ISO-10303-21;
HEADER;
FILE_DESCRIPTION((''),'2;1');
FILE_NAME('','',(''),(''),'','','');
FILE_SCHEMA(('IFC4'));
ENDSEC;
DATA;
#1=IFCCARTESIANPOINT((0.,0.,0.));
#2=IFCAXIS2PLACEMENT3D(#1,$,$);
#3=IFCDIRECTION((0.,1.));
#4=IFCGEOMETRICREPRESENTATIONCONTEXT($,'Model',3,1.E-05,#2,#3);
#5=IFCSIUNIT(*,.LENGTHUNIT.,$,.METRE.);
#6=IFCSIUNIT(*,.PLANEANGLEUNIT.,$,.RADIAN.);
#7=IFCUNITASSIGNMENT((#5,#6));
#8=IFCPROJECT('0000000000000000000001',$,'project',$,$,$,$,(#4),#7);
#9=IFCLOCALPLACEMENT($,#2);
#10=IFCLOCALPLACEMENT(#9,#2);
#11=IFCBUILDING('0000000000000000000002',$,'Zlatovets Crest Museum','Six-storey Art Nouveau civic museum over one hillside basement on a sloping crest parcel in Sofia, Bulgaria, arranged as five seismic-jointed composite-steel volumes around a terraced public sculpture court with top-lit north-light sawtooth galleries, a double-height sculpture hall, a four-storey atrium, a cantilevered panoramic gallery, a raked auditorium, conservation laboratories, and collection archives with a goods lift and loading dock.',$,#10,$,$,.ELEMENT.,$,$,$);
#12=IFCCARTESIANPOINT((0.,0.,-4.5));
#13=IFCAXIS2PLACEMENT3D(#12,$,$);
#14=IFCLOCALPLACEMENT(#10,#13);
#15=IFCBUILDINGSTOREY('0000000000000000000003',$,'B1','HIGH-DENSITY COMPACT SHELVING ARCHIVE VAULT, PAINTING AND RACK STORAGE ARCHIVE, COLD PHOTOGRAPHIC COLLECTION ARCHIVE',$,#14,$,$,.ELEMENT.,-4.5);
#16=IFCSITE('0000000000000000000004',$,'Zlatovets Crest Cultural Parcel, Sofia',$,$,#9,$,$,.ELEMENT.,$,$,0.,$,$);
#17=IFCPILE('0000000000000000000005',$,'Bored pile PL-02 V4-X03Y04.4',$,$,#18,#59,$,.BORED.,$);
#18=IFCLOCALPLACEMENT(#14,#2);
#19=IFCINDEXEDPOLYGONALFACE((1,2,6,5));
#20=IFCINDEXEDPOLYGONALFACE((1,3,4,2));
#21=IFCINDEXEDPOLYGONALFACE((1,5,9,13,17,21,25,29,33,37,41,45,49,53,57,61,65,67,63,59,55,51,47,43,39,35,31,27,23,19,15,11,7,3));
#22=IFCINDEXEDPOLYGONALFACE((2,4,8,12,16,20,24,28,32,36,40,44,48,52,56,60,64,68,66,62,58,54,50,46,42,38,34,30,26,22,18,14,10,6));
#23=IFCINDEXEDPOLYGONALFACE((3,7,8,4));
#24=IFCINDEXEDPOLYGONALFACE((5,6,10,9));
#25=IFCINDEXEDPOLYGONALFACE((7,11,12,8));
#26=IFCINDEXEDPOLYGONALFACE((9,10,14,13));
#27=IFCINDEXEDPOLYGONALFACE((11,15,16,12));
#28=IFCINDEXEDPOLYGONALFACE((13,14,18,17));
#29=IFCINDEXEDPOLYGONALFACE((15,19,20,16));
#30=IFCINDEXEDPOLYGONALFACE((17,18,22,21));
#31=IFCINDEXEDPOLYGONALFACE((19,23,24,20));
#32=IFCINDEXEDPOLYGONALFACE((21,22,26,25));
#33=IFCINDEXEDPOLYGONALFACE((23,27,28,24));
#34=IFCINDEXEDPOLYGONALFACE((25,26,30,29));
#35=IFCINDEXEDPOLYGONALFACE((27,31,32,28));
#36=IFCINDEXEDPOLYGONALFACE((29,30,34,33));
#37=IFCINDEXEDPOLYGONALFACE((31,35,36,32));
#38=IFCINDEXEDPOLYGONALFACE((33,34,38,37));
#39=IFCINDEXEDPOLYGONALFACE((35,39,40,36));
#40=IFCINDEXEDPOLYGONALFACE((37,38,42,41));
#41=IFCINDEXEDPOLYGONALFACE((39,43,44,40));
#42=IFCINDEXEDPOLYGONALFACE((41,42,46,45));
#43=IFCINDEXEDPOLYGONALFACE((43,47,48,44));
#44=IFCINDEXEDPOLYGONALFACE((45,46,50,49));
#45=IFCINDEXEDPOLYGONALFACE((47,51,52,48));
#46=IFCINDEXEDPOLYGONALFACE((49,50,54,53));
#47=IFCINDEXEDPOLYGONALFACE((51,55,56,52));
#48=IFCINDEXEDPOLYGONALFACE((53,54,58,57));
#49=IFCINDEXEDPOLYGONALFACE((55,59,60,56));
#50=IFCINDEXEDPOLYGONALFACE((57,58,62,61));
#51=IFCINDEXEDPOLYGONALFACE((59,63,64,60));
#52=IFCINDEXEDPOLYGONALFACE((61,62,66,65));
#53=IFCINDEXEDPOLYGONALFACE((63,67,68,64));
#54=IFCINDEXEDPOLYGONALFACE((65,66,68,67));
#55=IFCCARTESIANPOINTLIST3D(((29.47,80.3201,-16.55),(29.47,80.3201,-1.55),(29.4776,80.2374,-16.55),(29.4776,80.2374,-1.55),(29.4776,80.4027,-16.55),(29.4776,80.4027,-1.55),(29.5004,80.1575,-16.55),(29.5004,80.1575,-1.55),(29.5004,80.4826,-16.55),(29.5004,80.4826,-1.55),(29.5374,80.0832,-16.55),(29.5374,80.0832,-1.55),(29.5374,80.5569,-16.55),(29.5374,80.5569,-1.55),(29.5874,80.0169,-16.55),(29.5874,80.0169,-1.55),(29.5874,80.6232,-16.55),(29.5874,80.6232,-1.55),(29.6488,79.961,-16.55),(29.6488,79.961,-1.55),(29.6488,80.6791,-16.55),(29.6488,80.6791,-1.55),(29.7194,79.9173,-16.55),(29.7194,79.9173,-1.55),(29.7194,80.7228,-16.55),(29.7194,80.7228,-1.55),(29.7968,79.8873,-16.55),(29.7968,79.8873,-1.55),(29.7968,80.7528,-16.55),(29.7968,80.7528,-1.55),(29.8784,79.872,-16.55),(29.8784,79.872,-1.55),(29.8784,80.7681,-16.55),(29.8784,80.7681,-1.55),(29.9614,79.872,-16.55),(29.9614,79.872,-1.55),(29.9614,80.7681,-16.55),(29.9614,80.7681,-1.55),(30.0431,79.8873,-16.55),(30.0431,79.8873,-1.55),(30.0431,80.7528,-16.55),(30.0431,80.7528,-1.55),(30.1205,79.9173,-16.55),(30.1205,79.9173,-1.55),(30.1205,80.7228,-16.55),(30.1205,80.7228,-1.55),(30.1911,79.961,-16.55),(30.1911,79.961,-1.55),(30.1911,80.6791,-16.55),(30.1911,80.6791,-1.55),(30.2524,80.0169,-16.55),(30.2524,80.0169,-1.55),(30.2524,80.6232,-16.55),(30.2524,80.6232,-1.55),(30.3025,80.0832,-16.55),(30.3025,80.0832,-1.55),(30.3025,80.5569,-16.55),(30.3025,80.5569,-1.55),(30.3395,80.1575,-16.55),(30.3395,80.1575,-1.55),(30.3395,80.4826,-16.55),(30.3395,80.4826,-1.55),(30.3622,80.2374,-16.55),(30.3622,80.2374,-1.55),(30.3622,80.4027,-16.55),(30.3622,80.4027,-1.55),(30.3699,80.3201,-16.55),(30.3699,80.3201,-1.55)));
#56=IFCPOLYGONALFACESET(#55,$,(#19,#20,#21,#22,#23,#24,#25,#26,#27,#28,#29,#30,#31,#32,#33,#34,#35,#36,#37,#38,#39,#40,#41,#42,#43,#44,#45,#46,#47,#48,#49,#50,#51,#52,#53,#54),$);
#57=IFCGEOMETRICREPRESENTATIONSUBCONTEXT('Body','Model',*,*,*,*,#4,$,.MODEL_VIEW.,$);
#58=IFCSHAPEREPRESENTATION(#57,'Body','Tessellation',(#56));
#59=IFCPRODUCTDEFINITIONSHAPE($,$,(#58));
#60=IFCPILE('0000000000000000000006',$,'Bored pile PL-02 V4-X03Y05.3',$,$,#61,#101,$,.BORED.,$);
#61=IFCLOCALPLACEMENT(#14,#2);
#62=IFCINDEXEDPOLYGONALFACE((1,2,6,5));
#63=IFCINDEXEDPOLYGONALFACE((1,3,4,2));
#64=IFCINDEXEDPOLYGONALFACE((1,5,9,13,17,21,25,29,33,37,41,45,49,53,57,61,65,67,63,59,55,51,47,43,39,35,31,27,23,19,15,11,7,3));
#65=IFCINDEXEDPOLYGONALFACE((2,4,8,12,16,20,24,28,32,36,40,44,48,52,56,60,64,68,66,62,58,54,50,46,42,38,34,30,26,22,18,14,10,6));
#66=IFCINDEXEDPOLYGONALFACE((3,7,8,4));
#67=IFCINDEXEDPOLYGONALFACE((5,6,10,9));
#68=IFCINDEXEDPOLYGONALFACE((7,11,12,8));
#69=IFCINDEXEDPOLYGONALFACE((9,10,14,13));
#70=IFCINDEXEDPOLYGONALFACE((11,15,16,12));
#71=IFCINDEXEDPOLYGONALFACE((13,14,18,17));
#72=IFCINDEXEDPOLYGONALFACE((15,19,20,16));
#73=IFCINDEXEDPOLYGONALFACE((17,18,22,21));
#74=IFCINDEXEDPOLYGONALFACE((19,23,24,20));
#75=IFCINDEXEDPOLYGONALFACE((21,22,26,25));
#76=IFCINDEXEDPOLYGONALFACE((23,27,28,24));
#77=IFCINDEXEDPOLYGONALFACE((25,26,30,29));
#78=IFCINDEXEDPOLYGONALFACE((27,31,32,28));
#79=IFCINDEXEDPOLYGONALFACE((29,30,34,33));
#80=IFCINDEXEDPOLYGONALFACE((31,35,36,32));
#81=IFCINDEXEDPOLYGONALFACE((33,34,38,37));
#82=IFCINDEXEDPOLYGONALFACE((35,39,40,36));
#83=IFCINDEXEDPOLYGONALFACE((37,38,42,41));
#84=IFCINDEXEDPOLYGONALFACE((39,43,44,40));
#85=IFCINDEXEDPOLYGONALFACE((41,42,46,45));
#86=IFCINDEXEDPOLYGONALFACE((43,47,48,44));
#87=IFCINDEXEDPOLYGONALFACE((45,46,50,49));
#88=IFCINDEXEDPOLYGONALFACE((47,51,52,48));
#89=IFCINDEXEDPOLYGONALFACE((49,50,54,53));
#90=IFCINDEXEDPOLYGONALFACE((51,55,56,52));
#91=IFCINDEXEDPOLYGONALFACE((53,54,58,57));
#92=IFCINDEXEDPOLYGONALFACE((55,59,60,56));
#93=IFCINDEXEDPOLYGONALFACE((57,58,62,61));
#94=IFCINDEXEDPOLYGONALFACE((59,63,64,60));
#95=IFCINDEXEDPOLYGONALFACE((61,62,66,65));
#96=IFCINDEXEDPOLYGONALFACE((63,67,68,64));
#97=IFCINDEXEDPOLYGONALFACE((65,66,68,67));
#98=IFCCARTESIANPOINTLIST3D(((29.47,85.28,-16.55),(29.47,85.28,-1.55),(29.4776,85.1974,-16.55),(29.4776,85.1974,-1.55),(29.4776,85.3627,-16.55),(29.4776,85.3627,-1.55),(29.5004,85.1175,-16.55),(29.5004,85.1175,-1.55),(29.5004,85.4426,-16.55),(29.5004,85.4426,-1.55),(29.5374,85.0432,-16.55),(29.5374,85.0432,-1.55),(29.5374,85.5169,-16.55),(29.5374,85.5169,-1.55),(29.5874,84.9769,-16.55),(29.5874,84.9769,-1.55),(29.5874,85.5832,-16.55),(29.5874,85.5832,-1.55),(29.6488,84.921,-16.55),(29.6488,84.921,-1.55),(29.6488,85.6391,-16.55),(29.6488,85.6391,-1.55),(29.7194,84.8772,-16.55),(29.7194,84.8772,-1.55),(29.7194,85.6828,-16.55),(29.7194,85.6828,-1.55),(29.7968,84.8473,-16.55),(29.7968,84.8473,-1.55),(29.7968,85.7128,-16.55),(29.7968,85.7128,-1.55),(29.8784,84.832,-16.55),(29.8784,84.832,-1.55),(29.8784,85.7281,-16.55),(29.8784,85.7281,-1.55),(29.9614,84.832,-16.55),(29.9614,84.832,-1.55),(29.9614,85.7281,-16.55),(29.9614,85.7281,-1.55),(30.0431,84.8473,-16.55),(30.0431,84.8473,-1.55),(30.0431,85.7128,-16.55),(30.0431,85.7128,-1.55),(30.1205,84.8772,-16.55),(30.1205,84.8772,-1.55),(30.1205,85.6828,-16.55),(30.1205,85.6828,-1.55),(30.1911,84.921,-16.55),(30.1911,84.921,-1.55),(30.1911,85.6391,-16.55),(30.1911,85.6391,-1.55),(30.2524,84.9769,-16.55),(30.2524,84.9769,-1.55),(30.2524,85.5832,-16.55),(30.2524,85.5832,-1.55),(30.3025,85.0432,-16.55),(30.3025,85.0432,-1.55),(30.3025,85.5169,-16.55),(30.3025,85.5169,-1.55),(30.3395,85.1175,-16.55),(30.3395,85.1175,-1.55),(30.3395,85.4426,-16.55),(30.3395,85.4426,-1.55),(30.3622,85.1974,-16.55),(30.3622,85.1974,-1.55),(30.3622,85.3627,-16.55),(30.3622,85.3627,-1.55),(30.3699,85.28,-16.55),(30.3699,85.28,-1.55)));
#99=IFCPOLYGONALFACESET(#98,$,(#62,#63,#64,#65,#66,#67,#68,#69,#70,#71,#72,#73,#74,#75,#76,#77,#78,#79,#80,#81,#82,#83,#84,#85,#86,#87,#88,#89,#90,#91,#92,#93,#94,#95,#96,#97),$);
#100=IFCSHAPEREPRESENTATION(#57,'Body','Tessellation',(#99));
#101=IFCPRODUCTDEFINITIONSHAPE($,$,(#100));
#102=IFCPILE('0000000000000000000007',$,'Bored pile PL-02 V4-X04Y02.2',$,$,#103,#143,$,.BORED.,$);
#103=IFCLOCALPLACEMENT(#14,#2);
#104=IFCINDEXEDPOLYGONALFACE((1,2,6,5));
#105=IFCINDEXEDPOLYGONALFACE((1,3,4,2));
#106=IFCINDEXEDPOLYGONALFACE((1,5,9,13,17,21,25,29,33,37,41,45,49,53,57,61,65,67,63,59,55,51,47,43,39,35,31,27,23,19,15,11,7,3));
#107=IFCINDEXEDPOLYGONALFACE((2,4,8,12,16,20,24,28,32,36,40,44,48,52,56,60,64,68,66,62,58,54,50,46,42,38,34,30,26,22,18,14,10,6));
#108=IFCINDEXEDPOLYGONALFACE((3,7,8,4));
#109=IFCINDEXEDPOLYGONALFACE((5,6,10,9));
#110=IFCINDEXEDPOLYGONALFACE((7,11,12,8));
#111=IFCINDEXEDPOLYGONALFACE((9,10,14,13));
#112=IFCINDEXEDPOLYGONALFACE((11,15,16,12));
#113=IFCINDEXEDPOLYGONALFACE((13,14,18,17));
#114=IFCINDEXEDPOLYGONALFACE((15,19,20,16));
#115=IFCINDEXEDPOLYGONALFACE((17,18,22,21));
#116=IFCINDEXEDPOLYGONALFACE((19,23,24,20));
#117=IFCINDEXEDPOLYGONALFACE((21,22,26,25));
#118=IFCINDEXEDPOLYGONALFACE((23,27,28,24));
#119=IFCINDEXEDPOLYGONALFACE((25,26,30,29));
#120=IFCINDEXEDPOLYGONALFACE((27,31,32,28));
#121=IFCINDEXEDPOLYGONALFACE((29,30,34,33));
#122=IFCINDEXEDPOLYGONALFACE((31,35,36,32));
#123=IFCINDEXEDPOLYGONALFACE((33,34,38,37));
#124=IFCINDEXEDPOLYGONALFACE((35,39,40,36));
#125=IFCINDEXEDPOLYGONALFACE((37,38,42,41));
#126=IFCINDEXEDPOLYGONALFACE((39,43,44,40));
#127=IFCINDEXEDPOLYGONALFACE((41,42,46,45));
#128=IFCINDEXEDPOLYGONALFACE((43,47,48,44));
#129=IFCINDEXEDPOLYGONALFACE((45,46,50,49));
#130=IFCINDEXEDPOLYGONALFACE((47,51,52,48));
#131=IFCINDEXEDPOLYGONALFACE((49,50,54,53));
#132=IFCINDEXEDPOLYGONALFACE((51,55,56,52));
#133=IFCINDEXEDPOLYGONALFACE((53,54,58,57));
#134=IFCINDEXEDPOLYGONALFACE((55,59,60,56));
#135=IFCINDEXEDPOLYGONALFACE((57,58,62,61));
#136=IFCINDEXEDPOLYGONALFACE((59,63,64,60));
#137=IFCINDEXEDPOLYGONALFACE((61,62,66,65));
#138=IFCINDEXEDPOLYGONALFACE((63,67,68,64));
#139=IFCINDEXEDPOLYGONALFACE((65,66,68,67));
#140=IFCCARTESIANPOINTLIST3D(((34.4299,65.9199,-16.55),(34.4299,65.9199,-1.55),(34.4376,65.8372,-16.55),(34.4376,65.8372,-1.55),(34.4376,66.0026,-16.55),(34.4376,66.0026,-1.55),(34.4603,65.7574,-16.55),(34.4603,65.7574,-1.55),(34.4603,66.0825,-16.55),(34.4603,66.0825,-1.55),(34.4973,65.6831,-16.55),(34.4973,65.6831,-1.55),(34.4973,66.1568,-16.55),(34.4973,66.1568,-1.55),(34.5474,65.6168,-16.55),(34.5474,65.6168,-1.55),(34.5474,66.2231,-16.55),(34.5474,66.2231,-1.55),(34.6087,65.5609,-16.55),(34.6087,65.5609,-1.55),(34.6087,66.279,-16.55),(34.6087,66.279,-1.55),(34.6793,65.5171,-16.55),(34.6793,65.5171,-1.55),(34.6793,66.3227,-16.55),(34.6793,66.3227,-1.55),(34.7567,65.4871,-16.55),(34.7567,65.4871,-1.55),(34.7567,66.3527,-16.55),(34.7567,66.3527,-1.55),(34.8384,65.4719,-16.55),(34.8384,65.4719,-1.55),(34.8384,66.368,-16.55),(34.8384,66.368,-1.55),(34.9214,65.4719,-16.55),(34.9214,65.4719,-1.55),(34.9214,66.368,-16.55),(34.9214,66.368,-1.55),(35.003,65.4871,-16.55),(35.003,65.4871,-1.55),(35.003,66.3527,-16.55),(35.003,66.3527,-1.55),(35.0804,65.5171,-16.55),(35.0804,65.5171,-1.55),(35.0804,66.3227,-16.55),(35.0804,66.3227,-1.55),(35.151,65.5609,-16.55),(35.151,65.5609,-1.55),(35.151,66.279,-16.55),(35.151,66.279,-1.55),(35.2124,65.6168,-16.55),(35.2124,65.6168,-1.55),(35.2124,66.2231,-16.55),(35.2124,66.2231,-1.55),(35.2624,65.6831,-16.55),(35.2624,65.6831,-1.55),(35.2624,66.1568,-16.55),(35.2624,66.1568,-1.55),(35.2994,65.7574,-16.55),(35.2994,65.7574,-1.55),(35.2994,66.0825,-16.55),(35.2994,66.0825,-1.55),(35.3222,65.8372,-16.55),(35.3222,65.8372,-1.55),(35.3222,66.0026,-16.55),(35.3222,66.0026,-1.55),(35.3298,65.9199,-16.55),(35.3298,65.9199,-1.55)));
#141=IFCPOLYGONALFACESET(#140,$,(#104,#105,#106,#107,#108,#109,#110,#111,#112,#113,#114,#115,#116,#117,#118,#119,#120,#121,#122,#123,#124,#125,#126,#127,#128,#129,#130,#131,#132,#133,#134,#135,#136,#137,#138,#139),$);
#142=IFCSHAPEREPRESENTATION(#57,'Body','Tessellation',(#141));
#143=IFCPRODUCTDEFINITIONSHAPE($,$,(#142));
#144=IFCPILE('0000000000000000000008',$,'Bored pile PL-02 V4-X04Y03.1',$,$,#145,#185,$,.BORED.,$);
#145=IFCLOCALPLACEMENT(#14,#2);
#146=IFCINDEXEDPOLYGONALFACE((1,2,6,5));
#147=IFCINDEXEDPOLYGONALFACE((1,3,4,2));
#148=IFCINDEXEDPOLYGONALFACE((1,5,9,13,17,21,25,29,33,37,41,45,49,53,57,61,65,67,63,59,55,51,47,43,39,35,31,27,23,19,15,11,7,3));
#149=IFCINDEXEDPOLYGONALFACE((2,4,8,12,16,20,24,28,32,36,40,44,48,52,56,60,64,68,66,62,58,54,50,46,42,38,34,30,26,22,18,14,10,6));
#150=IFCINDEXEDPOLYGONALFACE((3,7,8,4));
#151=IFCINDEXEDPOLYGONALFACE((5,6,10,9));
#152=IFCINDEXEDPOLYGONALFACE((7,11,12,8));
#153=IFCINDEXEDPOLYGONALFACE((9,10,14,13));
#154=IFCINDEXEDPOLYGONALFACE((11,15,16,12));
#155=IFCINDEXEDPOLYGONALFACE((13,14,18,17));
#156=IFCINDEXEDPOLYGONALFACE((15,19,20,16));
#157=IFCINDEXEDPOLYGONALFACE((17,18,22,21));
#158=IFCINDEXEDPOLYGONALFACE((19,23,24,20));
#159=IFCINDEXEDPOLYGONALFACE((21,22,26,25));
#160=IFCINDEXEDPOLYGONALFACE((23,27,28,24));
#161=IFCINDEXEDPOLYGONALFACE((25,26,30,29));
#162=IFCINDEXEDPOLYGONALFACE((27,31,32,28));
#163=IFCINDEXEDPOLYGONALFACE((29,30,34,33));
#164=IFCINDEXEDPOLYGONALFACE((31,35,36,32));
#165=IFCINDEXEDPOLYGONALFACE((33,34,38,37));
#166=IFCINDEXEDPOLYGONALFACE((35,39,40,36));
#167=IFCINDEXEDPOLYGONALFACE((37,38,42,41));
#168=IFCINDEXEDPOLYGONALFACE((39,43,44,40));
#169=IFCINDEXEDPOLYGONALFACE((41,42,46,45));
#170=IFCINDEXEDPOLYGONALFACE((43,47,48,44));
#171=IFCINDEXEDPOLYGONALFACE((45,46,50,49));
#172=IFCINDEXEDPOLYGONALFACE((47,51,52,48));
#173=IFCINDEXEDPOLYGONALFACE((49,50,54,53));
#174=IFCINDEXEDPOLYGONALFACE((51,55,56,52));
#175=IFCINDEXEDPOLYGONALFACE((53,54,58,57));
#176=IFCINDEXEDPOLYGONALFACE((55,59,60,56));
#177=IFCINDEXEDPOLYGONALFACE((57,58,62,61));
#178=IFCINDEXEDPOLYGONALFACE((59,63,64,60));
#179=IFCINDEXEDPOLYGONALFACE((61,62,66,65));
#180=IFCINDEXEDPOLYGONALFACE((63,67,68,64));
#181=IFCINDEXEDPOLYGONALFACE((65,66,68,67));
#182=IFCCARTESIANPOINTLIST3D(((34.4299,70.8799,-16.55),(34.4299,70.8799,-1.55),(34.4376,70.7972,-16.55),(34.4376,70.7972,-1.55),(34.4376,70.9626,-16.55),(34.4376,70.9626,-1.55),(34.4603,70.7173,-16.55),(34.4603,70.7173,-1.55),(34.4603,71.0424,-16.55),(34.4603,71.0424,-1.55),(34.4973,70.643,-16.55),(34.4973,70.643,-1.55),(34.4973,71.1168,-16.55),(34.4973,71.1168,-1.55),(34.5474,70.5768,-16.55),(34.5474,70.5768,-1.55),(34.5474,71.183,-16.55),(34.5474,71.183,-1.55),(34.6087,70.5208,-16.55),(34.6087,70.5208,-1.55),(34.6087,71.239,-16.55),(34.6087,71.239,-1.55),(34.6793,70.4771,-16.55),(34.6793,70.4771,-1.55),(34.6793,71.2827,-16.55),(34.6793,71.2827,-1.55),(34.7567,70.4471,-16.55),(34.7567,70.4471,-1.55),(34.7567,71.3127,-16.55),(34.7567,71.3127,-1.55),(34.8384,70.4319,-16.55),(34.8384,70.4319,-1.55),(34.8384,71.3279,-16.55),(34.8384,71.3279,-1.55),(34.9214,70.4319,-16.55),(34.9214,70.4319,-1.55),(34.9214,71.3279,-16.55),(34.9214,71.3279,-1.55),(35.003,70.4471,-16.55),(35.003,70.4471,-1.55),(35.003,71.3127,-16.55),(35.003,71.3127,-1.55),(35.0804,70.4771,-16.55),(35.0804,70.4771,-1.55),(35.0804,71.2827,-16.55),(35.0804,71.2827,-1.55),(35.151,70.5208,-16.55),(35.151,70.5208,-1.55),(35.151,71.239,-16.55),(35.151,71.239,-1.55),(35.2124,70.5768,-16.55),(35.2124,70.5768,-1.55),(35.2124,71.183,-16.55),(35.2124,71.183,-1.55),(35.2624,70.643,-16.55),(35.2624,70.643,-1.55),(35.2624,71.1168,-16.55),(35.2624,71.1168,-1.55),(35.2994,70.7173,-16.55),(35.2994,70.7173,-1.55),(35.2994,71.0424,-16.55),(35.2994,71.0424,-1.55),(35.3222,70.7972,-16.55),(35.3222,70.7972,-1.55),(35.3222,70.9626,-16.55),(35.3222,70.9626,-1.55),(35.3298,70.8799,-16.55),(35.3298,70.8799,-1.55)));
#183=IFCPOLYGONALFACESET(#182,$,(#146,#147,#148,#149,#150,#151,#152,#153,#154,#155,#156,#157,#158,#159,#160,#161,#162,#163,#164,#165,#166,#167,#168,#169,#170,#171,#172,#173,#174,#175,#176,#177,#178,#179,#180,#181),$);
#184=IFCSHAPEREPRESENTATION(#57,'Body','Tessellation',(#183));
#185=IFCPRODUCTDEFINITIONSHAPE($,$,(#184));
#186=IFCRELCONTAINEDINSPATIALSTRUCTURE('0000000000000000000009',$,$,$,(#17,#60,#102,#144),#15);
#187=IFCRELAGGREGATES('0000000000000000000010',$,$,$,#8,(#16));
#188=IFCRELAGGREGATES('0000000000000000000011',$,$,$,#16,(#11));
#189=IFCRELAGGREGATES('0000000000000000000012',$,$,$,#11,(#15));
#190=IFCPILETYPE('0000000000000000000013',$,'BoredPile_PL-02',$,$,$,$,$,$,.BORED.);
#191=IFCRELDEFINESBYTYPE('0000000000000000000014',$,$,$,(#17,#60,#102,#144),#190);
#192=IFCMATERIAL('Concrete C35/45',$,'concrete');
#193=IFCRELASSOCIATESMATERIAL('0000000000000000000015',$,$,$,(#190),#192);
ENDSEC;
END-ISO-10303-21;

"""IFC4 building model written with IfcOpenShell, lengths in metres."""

from ifc_helpers import new_model, si_unit, direction, frame, origin, origin_2d, place, context, subcontext, project, spatial, circle, extrude, material, material_profile, profile_set, type_object, element, save


model = new_model("IFC4")

# Units and contexts
model_context = context("Model", 3, precision=1e-05, world=origin(), true_north=direction((0.0, 1.0)))
body_context = subcontext(model_context, "Body", "Model", "MODEL_VIEW")
ifc_project = project(units=[si_unit("LENGTHUNIT", "METRE"), si_unit("PLANEANGLEUNIT", "RADIAN")], contexts=[model_context])

# Site, building, storey
site_placement = place(None, origin())
site = spatial("IfcSite", under=ifc_project, at=site_placement, Name="Zlatovets Crest Cultural Parcel, Sofia", CompositionType="ELEMENT", RefElevation=0.0)
building_placement = place(site_placement, origin())
building = spatial("IfcBuilding", under=site, at=building_placement, Name="Zlatovets Crest Museum", Description="Six-storey Art Nouveau civic museum over one hillside basement on a sloping crest parcel in Sofia, Bulgaria, arranged as five seismic-jointed composite-steel volumes around a terraced public sculpture court with top-lit north-light sawtooth galleries, a double-height sculpture hall, a four-storey atrium, a cantilevered panoramic gallery, a raked auditorium, conservation laboratories, and collection archives with a goods lift and loading dock.", CompositionType="ELEMENT")
storey_placement = place(building_placement, frame((0.0, 0.0, -4.5)))
storey = spatial("IfcBuildingStorey", under=building, at=storey_placement, Name="B1", Description="HIGH-DENSITY COMPACT SHELVING ARCHIVE VAULT, PAINTING AND RACK STORAGE ARCHIVE, COLD PHOTOGRAPHIC COLLECTION ARCHIVE", CompositionType="ELEMENT", Elevation=-4.5)

# Piles
ifc_material_1 = material(Name="Concrete C35/45", Category="concrete")
ifc_material_profile_1 = material_profile(ifc_material_1, circle(Radius=0.45, at=origin_2d()), Name="PILE D900")
ifc_profile_set_1 = profile_set([ifc_material_profile_1], Name="Concrete C35/45")
pile_type = type_object("IfcPileType", Name="BoredPile_PL-02", PredefinedType="BORED", material=ifc_profile_set_1)
for number, where, z_axis, x_axis, name in (
    (1, (29.9199, 80.3201, -1.55), (0.0, 0.0, -1.0), (1.0, 0.0, 0.0), "Bored pile PL-02 V4-X03Y04.4"),
    (2, (29.9199, 85.28, -1.55), (0.0, 0.0, -1.0), (1.0, 0.0, 0.0), "Bored pile PL-02 V4-X03Y05.3"),
    (3, (34.8799, 65.9199, -1.55), (0.0, 0.0, -1.0), (1.0, 0.0, 0.0), "Bored pile PL-02 V4-X04Y02.2"),
    (4, (34.8799, 70.8799, -1.55), (0.0, 0.0, -1.0), (1.0, 0.0, 0.0), "Bored pile PL-02 V4-X04Y03.1"),
):
    element("IfcPile", number, at=place(storey_placement, frame(where, z_axis=z_axis, x_axis=x_axis)), inside=storey, type_object=pile_type, Name=name, PredefinedType="BORED", context=body_context, shape_type="SweptSolid", body=[
        extrude(circle(Radius=0.45, at=origin_2d()), origin(), (0.0, 0.0, 1.0), 15.0),
    ])

save(model, "model.ifc")
